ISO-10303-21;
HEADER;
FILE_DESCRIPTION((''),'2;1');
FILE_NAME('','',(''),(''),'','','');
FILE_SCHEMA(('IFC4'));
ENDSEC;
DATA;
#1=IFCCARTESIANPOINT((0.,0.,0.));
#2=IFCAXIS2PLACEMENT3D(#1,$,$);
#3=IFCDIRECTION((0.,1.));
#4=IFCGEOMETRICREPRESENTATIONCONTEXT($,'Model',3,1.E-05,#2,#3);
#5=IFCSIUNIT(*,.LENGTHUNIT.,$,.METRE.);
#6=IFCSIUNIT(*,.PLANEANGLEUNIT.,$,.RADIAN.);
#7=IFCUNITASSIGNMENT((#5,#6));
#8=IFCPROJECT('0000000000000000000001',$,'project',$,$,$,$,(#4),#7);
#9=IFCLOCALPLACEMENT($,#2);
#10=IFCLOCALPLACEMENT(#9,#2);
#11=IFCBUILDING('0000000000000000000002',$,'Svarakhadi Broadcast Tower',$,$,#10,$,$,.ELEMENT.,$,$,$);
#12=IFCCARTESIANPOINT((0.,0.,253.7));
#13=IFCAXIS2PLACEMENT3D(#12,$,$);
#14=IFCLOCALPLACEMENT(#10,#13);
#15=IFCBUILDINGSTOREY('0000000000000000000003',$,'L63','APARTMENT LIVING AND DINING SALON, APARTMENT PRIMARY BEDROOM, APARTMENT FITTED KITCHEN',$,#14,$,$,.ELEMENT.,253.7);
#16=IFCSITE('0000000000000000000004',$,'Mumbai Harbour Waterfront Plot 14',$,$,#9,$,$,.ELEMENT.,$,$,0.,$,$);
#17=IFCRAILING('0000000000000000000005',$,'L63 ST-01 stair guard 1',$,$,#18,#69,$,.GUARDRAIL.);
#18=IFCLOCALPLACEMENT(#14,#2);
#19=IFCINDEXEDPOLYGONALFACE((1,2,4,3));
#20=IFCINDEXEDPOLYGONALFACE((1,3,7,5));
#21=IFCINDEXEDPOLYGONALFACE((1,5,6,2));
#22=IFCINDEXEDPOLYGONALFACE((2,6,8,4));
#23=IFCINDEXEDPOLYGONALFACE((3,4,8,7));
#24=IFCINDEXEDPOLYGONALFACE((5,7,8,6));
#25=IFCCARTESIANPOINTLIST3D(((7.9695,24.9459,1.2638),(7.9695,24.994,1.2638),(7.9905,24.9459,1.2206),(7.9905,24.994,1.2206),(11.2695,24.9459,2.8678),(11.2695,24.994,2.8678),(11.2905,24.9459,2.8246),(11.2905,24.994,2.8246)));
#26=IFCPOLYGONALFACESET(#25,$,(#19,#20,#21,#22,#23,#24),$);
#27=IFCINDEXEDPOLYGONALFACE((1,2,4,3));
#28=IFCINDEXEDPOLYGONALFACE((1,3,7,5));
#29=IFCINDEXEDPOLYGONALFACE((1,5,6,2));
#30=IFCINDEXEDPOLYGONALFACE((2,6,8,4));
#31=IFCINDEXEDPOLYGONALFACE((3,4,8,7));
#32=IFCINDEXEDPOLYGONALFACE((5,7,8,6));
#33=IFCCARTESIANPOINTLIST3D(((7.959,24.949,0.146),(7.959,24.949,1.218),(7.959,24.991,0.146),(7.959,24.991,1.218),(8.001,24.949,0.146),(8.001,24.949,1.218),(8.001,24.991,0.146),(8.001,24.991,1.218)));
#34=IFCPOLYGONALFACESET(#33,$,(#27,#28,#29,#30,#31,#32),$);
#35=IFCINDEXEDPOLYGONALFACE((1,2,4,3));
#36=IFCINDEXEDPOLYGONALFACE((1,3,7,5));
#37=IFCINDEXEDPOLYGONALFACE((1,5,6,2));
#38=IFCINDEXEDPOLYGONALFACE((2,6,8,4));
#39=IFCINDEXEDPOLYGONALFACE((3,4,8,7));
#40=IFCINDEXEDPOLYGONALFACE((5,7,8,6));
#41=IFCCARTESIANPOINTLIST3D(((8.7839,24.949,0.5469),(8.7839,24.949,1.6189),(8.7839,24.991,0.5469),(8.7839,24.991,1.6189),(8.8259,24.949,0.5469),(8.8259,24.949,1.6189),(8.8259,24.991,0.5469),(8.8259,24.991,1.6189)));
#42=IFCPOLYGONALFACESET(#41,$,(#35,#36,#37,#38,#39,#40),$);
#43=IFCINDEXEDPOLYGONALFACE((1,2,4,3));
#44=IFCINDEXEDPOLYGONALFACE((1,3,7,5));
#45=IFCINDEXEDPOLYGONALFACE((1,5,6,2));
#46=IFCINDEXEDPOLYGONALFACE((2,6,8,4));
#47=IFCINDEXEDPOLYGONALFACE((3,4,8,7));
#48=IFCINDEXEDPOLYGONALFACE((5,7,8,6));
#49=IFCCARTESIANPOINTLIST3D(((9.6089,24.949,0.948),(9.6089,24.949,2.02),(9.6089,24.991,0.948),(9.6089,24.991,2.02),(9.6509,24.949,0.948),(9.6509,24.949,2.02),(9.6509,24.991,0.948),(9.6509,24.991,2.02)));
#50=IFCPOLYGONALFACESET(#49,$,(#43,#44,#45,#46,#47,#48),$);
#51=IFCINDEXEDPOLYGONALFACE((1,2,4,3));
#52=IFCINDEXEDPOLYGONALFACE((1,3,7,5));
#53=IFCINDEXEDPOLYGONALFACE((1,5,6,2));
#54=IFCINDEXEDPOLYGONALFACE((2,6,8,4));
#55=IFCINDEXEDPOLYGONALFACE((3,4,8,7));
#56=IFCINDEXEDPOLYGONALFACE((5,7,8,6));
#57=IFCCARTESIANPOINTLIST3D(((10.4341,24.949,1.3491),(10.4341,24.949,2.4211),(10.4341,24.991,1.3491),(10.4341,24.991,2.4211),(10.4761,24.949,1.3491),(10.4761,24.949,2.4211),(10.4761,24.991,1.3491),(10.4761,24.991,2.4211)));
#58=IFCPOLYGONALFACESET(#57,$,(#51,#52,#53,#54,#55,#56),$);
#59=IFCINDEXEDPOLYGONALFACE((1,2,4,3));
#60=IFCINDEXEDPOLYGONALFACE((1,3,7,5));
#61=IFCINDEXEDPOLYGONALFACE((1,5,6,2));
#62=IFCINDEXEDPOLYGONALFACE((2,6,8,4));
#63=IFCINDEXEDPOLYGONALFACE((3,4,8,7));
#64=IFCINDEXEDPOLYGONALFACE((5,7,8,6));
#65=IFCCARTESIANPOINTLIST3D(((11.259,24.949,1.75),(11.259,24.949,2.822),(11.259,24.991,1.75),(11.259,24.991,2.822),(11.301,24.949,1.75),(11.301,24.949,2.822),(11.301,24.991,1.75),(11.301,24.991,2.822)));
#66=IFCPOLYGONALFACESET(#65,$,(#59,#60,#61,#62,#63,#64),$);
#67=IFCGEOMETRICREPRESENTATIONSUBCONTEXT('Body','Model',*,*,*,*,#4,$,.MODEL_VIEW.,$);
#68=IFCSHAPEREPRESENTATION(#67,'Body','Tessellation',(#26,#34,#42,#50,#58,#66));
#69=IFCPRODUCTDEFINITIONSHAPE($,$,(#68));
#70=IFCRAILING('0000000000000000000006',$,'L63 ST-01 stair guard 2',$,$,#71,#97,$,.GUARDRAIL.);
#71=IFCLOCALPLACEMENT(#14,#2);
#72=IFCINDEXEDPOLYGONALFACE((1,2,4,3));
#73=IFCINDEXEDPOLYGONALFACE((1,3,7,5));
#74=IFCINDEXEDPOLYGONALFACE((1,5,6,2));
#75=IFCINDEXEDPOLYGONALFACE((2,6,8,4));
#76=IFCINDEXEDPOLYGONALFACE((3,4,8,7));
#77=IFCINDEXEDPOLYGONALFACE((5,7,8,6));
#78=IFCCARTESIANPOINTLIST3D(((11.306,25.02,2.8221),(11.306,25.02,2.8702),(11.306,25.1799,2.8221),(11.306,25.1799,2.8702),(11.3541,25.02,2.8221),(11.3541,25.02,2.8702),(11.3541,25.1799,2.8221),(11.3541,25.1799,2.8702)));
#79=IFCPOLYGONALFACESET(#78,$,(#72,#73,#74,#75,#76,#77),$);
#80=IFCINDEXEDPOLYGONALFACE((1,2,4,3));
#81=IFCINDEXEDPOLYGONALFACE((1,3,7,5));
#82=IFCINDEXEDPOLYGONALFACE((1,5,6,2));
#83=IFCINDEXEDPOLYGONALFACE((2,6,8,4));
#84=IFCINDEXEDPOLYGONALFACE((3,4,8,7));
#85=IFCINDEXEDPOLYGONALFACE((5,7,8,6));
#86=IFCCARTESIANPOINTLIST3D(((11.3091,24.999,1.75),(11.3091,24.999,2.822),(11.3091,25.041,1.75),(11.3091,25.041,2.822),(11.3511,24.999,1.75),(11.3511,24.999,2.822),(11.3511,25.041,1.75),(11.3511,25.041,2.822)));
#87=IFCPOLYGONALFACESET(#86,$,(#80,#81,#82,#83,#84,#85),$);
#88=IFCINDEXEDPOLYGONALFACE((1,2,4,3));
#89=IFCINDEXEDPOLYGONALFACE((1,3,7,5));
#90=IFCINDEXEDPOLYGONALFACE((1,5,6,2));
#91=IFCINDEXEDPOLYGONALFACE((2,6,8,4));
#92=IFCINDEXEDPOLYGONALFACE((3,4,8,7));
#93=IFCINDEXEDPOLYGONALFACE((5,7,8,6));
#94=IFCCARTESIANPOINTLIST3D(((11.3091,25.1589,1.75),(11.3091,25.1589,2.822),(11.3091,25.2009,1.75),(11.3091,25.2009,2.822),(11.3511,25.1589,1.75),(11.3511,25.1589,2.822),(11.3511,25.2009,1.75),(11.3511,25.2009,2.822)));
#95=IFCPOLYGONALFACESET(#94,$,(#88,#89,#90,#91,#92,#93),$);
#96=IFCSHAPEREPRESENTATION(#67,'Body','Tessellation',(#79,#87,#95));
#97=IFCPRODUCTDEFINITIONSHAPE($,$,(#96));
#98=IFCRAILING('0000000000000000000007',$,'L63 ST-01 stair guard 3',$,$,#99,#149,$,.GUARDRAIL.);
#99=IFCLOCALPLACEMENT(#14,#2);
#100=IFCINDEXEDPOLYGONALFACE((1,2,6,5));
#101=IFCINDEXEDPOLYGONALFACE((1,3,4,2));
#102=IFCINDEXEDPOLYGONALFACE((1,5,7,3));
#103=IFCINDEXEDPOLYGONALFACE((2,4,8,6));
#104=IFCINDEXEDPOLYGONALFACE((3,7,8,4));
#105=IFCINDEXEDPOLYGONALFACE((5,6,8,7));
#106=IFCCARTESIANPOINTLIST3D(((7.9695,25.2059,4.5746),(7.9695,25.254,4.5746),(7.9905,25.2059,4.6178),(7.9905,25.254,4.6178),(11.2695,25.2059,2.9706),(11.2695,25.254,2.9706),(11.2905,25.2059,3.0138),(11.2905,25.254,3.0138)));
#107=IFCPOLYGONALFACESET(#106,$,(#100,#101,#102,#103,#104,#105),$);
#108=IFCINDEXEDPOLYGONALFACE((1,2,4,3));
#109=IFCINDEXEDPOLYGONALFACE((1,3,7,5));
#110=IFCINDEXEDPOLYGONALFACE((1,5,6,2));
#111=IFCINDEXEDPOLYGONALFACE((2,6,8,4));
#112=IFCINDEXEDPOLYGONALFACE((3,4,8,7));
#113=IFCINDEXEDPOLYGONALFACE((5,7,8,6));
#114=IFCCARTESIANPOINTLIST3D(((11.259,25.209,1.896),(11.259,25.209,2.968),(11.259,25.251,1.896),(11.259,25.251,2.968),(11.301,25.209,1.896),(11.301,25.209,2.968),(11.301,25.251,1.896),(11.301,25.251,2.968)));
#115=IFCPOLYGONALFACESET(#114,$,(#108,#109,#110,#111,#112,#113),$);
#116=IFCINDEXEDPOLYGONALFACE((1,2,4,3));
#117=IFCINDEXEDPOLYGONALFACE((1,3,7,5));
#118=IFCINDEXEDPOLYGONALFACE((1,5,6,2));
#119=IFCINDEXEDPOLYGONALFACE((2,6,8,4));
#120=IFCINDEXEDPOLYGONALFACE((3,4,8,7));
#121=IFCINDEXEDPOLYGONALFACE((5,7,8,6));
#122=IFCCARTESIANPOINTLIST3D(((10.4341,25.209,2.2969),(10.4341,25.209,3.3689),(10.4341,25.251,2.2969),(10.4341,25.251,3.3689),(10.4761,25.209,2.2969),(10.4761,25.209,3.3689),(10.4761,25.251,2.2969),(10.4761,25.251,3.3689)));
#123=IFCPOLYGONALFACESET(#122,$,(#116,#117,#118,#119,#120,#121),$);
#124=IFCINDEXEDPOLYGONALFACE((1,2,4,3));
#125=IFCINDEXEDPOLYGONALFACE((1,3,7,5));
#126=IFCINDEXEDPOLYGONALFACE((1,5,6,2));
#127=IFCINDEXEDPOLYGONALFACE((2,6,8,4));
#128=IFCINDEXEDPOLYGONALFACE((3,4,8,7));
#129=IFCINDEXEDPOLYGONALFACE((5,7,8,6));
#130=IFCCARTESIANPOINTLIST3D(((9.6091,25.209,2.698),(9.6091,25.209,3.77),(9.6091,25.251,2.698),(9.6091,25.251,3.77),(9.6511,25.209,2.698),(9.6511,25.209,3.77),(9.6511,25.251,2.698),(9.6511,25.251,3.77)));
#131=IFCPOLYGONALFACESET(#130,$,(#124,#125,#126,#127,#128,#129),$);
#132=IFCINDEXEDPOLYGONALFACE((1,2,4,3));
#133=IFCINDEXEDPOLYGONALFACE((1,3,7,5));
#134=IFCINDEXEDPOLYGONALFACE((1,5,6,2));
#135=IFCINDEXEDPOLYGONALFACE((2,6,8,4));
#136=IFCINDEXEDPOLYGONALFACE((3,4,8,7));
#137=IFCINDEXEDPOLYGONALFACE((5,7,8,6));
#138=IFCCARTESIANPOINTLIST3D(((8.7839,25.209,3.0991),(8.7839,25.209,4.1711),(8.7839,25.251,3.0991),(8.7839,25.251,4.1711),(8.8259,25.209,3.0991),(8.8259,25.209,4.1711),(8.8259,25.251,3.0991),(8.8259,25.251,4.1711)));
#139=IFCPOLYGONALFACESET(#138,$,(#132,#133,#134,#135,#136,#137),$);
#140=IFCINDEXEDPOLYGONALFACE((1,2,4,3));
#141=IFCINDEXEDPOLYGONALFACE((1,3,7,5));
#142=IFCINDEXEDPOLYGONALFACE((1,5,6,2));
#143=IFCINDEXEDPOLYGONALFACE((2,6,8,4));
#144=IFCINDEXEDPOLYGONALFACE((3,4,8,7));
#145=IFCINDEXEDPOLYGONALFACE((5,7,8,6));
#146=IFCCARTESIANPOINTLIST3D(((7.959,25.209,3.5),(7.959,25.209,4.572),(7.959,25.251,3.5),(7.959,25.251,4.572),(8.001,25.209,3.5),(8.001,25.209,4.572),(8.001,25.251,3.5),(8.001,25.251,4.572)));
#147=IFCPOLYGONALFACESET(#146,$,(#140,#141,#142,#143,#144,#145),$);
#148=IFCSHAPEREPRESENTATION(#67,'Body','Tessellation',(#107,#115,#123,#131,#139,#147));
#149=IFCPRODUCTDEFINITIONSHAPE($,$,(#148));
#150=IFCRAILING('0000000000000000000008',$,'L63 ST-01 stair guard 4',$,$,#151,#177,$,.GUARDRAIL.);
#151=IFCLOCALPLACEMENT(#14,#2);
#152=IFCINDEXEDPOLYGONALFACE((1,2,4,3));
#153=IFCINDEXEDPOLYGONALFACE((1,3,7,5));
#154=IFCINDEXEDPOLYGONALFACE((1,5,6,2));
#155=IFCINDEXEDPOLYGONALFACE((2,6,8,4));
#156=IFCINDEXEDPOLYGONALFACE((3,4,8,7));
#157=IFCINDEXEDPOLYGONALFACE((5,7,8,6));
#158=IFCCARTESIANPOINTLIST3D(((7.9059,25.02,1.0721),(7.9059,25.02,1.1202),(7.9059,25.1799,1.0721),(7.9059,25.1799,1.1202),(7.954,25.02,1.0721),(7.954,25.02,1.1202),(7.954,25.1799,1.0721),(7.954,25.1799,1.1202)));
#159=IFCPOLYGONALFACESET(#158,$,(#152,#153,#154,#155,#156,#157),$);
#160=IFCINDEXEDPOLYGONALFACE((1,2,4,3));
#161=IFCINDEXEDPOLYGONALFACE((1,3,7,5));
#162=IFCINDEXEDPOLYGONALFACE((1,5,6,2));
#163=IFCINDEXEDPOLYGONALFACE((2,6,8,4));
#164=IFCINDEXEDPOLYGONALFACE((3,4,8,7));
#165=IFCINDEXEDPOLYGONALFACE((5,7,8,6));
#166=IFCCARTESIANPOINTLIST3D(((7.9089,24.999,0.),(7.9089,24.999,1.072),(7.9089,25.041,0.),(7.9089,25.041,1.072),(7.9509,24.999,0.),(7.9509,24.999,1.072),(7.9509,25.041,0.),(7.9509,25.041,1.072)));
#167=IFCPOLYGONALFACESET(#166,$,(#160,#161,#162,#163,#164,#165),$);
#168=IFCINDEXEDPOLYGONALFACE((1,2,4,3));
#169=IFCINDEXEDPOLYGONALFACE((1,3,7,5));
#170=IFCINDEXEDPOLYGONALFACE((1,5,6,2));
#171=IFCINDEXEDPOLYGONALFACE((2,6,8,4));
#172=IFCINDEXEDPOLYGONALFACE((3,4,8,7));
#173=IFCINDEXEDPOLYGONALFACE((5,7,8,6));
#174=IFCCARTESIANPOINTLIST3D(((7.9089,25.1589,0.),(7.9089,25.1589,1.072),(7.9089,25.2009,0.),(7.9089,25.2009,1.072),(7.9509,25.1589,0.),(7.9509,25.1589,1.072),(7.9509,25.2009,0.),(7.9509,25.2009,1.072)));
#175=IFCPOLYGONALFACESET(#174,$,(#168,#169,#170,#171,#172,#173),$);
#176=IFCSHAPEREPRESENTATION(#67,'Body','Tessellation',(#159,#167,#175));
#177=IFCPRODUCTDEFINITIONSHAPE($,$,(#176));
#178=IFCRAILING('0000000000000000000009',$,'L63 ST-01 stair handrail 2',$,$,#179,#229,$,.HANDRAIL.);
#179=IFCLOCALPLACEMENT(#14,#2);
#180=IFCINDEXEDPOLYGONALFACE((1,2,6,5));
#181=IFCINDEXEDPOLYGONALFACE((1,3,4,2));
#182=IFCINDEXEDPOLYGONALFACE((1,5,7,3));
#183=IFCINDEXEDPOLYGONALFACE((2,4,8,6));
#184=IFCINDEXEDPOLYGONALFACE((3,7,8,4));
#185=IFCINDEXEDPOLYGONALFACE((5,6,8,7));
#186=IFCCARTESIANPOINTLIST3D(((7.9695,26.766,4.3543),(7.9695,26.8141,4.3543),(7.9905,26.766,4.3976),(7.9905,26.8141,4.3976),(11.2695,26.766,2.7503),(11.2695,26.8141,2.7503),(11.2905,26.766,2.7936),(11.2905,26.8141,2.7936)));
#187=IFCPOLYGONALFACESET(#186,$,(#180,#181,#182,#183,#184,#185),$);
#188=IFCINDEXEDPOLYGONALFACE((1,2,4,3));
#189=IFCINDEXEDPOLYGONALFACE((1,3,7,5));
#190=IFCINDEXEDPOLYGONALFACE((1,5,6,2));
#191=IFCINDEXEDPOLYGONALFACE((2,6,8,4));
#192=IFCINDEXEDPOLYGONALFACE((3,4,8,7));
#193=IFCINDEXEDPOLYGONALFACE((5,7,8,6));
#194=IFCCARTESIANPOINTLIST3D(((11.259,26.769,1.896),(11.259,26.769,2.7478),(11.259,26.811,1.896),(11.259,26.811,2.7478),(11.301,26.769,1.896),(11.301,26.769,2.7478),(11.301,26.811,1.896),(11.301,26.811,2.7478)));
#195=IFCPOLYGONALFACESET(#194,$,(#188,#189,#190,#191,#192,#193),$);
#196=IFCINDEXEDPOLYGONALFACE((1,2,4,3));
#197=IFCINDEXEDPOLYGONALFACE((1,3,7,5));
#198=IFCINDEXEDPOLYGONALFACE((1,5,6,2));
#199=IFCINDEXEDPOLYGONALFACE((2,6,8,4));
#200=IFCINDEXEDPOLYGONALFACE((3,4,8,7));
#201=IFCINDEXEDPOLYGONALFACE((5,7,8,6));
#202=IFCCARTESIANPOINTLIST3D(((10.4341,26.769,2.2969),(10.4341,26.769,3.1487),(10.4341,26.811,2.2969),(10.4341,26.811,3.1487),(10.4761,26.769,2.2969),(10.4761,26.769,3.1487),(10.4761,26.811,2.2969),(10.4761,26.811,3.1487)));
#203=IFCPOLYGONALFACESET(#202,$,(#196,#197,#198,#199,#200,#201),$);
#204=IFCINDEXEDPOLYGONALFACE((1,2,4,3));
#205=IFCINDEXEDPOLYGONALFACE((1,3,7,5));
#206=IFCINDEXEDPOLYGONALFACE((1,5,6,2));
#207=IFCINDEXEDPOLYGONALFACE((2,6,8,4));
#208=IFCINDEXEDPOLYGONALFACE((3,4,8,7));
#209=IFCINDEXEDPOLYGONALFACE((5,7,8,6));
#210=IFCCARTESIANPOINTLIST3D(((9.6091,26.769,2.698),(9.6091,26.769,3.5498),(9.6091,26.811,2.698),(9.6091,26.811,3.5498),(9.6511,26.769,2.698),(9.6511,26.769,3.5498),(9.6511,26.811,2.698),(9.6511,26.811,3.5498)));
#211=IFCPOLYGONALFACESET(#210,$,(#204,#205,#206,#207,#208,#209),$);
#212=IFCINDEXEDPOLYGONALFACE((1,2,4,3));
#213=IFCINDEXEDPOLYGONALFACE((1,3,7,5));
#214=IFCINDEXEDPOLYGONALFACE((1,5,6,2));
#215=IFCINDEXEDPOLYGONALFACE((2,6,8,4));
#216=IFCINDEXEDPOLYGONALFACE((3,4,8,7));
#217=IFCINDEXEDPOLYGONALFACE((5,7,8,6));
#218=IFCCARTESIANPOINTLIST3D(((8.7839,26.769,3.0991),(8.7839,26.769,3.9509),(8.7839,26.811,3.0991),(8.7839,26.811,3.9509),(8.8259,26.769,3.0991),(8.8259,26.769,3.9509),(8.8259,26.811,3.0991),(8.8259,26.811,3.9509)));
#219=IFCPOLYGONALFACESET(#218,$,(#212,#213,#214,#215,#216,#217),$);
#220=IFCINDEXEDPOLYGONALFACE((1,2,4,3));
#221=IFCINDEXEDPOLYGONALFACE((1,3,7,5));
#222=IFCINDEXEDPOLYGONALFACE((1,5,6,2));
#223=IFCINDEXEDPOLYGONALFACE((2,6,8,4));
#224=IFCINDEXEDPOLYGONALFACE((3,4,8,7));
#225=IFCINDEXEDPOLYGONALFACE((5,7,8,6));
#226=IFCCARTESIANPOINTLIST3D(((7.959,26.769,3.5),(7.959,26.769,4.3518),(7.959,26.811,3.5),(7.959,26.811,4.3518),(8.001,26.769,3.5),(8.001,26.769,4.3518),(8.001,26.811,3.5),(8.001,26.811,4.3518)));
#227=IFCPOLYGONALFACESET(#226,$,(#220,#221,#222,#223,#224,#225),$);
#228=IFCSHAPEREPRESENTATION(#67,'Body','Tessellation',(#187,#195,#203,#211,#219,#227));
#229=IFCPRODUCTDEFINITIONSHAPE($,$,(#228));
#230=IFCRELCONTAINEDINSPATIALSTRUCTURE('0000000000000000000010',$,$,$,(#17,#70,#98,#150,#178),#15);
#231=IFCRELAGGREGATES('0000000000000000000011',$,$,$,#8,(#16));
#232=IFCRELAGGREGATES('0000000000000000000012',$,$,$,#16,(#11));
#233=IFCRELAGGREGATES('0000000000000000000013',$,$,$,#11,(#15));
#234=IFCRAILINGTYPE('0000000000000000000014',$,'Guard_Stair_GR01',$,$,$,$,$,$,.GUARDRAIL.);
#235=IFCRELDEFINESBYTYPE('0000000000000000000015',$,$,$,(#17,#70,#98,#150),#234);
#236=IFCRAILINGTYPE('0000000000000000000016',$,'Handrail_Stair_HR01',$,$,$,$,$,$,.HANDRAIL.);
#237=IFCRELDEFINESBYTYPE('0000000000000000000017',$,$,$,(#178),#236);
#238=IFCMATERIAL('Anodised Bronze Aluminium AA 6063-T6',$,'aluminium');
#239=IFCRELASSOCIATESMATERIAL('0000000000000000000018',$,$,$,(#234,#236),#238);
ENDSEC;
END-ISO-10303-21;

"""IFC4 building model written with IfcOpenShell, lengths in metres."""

from ifc_helpers import new_model, si_unit, direction, frame, origin, origin_2d, place, context, subcontext, project, spatial, rectangle, extrude, material, type_object, element, save


model = new_model("IFC4")

# Units and contexts
model_context = context("Model", 3, precision=1e-05, world=origin(), true_north=direction((0.0, 1.0)))
body_context = subcontext(model_context, "Body", "Model", "MODEL_VIEW")
ifc_project = project(units=[si_unit("LENGTHUNIT", "METRE"), si_unit("PLANEANGLEUNIT", "RADIAN")], contexts=[model_context])

# Site, building, storey
site_placement = place(None, origin())
site = spatial("IfcSite", under=ifc_project, at=site_placement, Name="Mumbai Harbour Waterfront Plot 14", CompositionType="ELEMENT", RefElevation=0.0)
building_placement = place(site_placement, origin())
building = spatial("IfcBuilding", under=site, at=building_placement, Name="Svarakhadi Broadcast Tower", CompositionType="ELEMENT")
storey_placement = place(building_placement, frame((0.0, 0.0, 253.7)))
storey = spatial("IfcBuildingStorey", under=building, at=storey_placement, Name="L63", Description="APARTMENT LIVING AND DINING SALON, APARTMENT PRIMARY BEDROOM, APARTMENT FITTED KITCHEN", CompositionType="ELEMENT", Elevation=253.7)

# Shared definitions
ifc_material_1 = material(Name="Anodised Bronze Aluminium AA 6063-T6", Category="aluminium")

# Railings
railing_type_1 = type_object("IfcRailingType", Name="Guard_Stair_GR01", PredefinedType="GUARDRAIL", material=ifc_material_1)
railing_1_placement = place(storey_placement, frame((7.98, 24.97, 0.146)))
element("IfcRailing", 1, at=railing_1_placement, inside=storey, type_object=railing_type_1, Name="L63 ST-01 stair guard 1", PredefinedType="GUARDRAIL", context=body_context, shape_type="SweptSolid", body=[
    extrude(rectangle(XDim=0.0481, YDim=0.0481, at=origin_2d()), frame((0.0, 0.0, 1.0962), z_axis=(0.899388, 0.0, 0.437152), x_axis=(0.0, 1.0, 0.0)), (0.0, 0.0, 1.0), 3.6692),
    extrude(rectangle(XDim=0.042, YDim=0.042, at=origin_2d()), origin(), (0.0, 0.0, 1.0), 1.072),
    extrude(rectangle(XDim=0.042, YDim=0.042, at=origin_2d()), frame((0.825, 0.0, 0.4009)), (0.0, 0.0, 1.0), 1.072),
    extrude(rectangle(XDim=0.042, YDim=0.042, at=origin_2d()), frame((1.6499, 0.0, 0.802)), (0.0, 0.0, 1.0), 1.072),
    extrude(rectangle(XDim=0.042, YDim=0.042, at=origin_2d()), frame((2.4751, 0.0, 1.2031)), (0.0, 0.0, 1.0), 1.072),
    extrude(rectangle(XDim=0.042, YDim=0.042, at=origin_2d()), frame((3.3, 0.0, 1.604)), (0.0, 0.0, 1.0), 1.072),
])
railing_2_placement = place(storey_placement, frame((11.3301, 25.02, 1.75)))
element("IfcRailing", 2, at=railing_2_placement, inside=storey, type_object=railing_type_1, Name="L63 ST-01 stair guard 2", PredefinedType="GUARDRAIL", context=body_context, shape_type="SweptSolid", body=[
    extrude(rectangle(XDim=0.0481, YDim=0.0481, at=origin_2d()), frame((0.0, 0.0, 1.0962), z_axis=(0.0, 1.0, 0.0), x_axis=(-1.0, 0.0, 0.0)), (0.0, 0.0, 1.0), 0.1599),
    extrude(rectangle(XDim=0.042, YDim=0.042, at=origin_2d()), origin(), (0.0, 0.0, 1.0), 1.072),
    extrude(rectangle(XDim=0.042, YDim=0.042, at=origin_2d()), frame((0.0, 0.1599, 0.0)), (0.0, 0.0, 1.0), 1.072),
])
railing_3_placement = place(storey_placement, frame((11.28, 25.23, 1.896)))
element("IfcRailing", 3, at=railing_3_placement, inside=storey, type_object=railing_type_1, Name="L63 ST-01 stair guard 3", PredefinedType="GUARDRAIL", context=body_context, shape_type="SweptSolid", body=[
    extrude(rectangle(XDim=0.0481, YDim=0.0481, at=origin_2d()), frame((0.0, 0.0, 1.0962), z_axis=(-0.899388, 0.0, 0.437152), x_axis=(0.0, -1.0, 0.0)), (0.0, 0.0, 1.0), 3.6692),
    extrude(rectangle(XDim=0.042, YDim=0.042, at=origin_2d()), origin(), (0.0, 0.0, 1.0), 1.072),
    extrude(rectangle(XDim=0.042, YDim=0.042, at=origin_2d()), frame((-0.825, 0.0, 0.4009)), (0.0, 0.0, 1.0), 1.072),
    extrude(rectangle(XDim=0.042, YDim=0.042, at=origin_2d()), frame((-1.6499, 0.0, 0.802)), (0.0, 0.0, 1.0), 1.072),
    extrude(rectangle(XDim=0.042, YDim=0.042, at=origin_2d()), frame((-2.4751, 0.0, 1.2031)), (0.0, 0.0, 1.0), 1.072),
    extrude(rectangle(XDim=0.042, YDim=0.042, at=origin_2d()), frame((-3.3, 0.0, 1.604)), (0.0, 0.0, 1.0), 1.072),
])
railing_4_placement = place(storey_placement, frame((7.9299, 25.02, 0.0)))
element("IfcRailing", 4, at=railing_4_placement, inside=storey, type_object=railing_type_1, Name="L63 ST-01 stair guard 4", PredefinedType="GUARDRAIL", context=body_context, shape_type="SweptSolid", body=[
    extrude(rectangle(XDim=0.0481, YDim=0.0481, at=origin_2d()), frame((0.0, 0.0, 1.0962), z_axis=(0.0, 1.0, 0.0), x_axis=(-1.0, 0.0, 0.0)), (0.0, 0.0, 1.0), 0.1599),
    extrude(rectangle(XDim=0.042, YDim=0.042, at=origin_2d()), origin(), (0.0, 0.0, 1.0), 1.072),
    extrude(rectangle(XDim=0.042, YDim=0.042, at=origin_2d()), frame((0.0, 0.1599, 0.0)), (0.0, 0.0, 1.0), 1.072),
])
railing_type_2 = type_object("IfcRailingType", Name="Handrail_Stair_HR01", PredefinedType="HANDRAIL", material=ifc_material_1)
railing_5_placement = place(storey_placement, frame((11.28, 26.79, 1.896)))
element("IfcRailing", 5, at=railing_5_placement, inside=storey, type_object=railing_type_2, Name="L63 ST-01 stair handrail 2", PredefinedType="HANDRAIL", context=body_context, shape_type="SweptSolid", body=[
    extrude(rectangle(XDim=0.0481, YDim=0.0481, at=origin_2d()), frame((0.0, 0.0, 0.876), z_axis=(-0.899388, 0.0, 0.437152), x_axis=(0.0, -1.0, 0.0)), (0.0, 0.0, 1.0), 3.6692),
    extrude(rectangle(XDim=0.042, YDim=0.042, at=origin_2d()), origin(), (0.0, 0.0, 1.0), 0.8518),
    extrude(rectangle(XDim=0.042, YDim=0.042, at=origin_2d()), frame((-0.825, 0.0, 0.4009)), (0.0, 0.0, 1.0), 0.8518),
    extrude(rectangle(XDim=0.042, YDim=0.042, at=origin_2d()), frame((-1.6499, 0.0, 0.802)), (0.0, 0.0, 1.0), 0.8518),
    extrude(rectangle(XDim=0.042, YDim=0.042, at=origin_2d()), frame((-2.4751, 0.0, 1.2031)), (0.0, 0.0, 1.0), 0.8518),
    extrude(rectangle(XDim=0.042, YDim=0.042, at=origin_2d()), frame((-3.3, 0.0, 1.604)), (0.0, 0.0, 1.0), 0.8518),
])

save(model, "model.ifc")
